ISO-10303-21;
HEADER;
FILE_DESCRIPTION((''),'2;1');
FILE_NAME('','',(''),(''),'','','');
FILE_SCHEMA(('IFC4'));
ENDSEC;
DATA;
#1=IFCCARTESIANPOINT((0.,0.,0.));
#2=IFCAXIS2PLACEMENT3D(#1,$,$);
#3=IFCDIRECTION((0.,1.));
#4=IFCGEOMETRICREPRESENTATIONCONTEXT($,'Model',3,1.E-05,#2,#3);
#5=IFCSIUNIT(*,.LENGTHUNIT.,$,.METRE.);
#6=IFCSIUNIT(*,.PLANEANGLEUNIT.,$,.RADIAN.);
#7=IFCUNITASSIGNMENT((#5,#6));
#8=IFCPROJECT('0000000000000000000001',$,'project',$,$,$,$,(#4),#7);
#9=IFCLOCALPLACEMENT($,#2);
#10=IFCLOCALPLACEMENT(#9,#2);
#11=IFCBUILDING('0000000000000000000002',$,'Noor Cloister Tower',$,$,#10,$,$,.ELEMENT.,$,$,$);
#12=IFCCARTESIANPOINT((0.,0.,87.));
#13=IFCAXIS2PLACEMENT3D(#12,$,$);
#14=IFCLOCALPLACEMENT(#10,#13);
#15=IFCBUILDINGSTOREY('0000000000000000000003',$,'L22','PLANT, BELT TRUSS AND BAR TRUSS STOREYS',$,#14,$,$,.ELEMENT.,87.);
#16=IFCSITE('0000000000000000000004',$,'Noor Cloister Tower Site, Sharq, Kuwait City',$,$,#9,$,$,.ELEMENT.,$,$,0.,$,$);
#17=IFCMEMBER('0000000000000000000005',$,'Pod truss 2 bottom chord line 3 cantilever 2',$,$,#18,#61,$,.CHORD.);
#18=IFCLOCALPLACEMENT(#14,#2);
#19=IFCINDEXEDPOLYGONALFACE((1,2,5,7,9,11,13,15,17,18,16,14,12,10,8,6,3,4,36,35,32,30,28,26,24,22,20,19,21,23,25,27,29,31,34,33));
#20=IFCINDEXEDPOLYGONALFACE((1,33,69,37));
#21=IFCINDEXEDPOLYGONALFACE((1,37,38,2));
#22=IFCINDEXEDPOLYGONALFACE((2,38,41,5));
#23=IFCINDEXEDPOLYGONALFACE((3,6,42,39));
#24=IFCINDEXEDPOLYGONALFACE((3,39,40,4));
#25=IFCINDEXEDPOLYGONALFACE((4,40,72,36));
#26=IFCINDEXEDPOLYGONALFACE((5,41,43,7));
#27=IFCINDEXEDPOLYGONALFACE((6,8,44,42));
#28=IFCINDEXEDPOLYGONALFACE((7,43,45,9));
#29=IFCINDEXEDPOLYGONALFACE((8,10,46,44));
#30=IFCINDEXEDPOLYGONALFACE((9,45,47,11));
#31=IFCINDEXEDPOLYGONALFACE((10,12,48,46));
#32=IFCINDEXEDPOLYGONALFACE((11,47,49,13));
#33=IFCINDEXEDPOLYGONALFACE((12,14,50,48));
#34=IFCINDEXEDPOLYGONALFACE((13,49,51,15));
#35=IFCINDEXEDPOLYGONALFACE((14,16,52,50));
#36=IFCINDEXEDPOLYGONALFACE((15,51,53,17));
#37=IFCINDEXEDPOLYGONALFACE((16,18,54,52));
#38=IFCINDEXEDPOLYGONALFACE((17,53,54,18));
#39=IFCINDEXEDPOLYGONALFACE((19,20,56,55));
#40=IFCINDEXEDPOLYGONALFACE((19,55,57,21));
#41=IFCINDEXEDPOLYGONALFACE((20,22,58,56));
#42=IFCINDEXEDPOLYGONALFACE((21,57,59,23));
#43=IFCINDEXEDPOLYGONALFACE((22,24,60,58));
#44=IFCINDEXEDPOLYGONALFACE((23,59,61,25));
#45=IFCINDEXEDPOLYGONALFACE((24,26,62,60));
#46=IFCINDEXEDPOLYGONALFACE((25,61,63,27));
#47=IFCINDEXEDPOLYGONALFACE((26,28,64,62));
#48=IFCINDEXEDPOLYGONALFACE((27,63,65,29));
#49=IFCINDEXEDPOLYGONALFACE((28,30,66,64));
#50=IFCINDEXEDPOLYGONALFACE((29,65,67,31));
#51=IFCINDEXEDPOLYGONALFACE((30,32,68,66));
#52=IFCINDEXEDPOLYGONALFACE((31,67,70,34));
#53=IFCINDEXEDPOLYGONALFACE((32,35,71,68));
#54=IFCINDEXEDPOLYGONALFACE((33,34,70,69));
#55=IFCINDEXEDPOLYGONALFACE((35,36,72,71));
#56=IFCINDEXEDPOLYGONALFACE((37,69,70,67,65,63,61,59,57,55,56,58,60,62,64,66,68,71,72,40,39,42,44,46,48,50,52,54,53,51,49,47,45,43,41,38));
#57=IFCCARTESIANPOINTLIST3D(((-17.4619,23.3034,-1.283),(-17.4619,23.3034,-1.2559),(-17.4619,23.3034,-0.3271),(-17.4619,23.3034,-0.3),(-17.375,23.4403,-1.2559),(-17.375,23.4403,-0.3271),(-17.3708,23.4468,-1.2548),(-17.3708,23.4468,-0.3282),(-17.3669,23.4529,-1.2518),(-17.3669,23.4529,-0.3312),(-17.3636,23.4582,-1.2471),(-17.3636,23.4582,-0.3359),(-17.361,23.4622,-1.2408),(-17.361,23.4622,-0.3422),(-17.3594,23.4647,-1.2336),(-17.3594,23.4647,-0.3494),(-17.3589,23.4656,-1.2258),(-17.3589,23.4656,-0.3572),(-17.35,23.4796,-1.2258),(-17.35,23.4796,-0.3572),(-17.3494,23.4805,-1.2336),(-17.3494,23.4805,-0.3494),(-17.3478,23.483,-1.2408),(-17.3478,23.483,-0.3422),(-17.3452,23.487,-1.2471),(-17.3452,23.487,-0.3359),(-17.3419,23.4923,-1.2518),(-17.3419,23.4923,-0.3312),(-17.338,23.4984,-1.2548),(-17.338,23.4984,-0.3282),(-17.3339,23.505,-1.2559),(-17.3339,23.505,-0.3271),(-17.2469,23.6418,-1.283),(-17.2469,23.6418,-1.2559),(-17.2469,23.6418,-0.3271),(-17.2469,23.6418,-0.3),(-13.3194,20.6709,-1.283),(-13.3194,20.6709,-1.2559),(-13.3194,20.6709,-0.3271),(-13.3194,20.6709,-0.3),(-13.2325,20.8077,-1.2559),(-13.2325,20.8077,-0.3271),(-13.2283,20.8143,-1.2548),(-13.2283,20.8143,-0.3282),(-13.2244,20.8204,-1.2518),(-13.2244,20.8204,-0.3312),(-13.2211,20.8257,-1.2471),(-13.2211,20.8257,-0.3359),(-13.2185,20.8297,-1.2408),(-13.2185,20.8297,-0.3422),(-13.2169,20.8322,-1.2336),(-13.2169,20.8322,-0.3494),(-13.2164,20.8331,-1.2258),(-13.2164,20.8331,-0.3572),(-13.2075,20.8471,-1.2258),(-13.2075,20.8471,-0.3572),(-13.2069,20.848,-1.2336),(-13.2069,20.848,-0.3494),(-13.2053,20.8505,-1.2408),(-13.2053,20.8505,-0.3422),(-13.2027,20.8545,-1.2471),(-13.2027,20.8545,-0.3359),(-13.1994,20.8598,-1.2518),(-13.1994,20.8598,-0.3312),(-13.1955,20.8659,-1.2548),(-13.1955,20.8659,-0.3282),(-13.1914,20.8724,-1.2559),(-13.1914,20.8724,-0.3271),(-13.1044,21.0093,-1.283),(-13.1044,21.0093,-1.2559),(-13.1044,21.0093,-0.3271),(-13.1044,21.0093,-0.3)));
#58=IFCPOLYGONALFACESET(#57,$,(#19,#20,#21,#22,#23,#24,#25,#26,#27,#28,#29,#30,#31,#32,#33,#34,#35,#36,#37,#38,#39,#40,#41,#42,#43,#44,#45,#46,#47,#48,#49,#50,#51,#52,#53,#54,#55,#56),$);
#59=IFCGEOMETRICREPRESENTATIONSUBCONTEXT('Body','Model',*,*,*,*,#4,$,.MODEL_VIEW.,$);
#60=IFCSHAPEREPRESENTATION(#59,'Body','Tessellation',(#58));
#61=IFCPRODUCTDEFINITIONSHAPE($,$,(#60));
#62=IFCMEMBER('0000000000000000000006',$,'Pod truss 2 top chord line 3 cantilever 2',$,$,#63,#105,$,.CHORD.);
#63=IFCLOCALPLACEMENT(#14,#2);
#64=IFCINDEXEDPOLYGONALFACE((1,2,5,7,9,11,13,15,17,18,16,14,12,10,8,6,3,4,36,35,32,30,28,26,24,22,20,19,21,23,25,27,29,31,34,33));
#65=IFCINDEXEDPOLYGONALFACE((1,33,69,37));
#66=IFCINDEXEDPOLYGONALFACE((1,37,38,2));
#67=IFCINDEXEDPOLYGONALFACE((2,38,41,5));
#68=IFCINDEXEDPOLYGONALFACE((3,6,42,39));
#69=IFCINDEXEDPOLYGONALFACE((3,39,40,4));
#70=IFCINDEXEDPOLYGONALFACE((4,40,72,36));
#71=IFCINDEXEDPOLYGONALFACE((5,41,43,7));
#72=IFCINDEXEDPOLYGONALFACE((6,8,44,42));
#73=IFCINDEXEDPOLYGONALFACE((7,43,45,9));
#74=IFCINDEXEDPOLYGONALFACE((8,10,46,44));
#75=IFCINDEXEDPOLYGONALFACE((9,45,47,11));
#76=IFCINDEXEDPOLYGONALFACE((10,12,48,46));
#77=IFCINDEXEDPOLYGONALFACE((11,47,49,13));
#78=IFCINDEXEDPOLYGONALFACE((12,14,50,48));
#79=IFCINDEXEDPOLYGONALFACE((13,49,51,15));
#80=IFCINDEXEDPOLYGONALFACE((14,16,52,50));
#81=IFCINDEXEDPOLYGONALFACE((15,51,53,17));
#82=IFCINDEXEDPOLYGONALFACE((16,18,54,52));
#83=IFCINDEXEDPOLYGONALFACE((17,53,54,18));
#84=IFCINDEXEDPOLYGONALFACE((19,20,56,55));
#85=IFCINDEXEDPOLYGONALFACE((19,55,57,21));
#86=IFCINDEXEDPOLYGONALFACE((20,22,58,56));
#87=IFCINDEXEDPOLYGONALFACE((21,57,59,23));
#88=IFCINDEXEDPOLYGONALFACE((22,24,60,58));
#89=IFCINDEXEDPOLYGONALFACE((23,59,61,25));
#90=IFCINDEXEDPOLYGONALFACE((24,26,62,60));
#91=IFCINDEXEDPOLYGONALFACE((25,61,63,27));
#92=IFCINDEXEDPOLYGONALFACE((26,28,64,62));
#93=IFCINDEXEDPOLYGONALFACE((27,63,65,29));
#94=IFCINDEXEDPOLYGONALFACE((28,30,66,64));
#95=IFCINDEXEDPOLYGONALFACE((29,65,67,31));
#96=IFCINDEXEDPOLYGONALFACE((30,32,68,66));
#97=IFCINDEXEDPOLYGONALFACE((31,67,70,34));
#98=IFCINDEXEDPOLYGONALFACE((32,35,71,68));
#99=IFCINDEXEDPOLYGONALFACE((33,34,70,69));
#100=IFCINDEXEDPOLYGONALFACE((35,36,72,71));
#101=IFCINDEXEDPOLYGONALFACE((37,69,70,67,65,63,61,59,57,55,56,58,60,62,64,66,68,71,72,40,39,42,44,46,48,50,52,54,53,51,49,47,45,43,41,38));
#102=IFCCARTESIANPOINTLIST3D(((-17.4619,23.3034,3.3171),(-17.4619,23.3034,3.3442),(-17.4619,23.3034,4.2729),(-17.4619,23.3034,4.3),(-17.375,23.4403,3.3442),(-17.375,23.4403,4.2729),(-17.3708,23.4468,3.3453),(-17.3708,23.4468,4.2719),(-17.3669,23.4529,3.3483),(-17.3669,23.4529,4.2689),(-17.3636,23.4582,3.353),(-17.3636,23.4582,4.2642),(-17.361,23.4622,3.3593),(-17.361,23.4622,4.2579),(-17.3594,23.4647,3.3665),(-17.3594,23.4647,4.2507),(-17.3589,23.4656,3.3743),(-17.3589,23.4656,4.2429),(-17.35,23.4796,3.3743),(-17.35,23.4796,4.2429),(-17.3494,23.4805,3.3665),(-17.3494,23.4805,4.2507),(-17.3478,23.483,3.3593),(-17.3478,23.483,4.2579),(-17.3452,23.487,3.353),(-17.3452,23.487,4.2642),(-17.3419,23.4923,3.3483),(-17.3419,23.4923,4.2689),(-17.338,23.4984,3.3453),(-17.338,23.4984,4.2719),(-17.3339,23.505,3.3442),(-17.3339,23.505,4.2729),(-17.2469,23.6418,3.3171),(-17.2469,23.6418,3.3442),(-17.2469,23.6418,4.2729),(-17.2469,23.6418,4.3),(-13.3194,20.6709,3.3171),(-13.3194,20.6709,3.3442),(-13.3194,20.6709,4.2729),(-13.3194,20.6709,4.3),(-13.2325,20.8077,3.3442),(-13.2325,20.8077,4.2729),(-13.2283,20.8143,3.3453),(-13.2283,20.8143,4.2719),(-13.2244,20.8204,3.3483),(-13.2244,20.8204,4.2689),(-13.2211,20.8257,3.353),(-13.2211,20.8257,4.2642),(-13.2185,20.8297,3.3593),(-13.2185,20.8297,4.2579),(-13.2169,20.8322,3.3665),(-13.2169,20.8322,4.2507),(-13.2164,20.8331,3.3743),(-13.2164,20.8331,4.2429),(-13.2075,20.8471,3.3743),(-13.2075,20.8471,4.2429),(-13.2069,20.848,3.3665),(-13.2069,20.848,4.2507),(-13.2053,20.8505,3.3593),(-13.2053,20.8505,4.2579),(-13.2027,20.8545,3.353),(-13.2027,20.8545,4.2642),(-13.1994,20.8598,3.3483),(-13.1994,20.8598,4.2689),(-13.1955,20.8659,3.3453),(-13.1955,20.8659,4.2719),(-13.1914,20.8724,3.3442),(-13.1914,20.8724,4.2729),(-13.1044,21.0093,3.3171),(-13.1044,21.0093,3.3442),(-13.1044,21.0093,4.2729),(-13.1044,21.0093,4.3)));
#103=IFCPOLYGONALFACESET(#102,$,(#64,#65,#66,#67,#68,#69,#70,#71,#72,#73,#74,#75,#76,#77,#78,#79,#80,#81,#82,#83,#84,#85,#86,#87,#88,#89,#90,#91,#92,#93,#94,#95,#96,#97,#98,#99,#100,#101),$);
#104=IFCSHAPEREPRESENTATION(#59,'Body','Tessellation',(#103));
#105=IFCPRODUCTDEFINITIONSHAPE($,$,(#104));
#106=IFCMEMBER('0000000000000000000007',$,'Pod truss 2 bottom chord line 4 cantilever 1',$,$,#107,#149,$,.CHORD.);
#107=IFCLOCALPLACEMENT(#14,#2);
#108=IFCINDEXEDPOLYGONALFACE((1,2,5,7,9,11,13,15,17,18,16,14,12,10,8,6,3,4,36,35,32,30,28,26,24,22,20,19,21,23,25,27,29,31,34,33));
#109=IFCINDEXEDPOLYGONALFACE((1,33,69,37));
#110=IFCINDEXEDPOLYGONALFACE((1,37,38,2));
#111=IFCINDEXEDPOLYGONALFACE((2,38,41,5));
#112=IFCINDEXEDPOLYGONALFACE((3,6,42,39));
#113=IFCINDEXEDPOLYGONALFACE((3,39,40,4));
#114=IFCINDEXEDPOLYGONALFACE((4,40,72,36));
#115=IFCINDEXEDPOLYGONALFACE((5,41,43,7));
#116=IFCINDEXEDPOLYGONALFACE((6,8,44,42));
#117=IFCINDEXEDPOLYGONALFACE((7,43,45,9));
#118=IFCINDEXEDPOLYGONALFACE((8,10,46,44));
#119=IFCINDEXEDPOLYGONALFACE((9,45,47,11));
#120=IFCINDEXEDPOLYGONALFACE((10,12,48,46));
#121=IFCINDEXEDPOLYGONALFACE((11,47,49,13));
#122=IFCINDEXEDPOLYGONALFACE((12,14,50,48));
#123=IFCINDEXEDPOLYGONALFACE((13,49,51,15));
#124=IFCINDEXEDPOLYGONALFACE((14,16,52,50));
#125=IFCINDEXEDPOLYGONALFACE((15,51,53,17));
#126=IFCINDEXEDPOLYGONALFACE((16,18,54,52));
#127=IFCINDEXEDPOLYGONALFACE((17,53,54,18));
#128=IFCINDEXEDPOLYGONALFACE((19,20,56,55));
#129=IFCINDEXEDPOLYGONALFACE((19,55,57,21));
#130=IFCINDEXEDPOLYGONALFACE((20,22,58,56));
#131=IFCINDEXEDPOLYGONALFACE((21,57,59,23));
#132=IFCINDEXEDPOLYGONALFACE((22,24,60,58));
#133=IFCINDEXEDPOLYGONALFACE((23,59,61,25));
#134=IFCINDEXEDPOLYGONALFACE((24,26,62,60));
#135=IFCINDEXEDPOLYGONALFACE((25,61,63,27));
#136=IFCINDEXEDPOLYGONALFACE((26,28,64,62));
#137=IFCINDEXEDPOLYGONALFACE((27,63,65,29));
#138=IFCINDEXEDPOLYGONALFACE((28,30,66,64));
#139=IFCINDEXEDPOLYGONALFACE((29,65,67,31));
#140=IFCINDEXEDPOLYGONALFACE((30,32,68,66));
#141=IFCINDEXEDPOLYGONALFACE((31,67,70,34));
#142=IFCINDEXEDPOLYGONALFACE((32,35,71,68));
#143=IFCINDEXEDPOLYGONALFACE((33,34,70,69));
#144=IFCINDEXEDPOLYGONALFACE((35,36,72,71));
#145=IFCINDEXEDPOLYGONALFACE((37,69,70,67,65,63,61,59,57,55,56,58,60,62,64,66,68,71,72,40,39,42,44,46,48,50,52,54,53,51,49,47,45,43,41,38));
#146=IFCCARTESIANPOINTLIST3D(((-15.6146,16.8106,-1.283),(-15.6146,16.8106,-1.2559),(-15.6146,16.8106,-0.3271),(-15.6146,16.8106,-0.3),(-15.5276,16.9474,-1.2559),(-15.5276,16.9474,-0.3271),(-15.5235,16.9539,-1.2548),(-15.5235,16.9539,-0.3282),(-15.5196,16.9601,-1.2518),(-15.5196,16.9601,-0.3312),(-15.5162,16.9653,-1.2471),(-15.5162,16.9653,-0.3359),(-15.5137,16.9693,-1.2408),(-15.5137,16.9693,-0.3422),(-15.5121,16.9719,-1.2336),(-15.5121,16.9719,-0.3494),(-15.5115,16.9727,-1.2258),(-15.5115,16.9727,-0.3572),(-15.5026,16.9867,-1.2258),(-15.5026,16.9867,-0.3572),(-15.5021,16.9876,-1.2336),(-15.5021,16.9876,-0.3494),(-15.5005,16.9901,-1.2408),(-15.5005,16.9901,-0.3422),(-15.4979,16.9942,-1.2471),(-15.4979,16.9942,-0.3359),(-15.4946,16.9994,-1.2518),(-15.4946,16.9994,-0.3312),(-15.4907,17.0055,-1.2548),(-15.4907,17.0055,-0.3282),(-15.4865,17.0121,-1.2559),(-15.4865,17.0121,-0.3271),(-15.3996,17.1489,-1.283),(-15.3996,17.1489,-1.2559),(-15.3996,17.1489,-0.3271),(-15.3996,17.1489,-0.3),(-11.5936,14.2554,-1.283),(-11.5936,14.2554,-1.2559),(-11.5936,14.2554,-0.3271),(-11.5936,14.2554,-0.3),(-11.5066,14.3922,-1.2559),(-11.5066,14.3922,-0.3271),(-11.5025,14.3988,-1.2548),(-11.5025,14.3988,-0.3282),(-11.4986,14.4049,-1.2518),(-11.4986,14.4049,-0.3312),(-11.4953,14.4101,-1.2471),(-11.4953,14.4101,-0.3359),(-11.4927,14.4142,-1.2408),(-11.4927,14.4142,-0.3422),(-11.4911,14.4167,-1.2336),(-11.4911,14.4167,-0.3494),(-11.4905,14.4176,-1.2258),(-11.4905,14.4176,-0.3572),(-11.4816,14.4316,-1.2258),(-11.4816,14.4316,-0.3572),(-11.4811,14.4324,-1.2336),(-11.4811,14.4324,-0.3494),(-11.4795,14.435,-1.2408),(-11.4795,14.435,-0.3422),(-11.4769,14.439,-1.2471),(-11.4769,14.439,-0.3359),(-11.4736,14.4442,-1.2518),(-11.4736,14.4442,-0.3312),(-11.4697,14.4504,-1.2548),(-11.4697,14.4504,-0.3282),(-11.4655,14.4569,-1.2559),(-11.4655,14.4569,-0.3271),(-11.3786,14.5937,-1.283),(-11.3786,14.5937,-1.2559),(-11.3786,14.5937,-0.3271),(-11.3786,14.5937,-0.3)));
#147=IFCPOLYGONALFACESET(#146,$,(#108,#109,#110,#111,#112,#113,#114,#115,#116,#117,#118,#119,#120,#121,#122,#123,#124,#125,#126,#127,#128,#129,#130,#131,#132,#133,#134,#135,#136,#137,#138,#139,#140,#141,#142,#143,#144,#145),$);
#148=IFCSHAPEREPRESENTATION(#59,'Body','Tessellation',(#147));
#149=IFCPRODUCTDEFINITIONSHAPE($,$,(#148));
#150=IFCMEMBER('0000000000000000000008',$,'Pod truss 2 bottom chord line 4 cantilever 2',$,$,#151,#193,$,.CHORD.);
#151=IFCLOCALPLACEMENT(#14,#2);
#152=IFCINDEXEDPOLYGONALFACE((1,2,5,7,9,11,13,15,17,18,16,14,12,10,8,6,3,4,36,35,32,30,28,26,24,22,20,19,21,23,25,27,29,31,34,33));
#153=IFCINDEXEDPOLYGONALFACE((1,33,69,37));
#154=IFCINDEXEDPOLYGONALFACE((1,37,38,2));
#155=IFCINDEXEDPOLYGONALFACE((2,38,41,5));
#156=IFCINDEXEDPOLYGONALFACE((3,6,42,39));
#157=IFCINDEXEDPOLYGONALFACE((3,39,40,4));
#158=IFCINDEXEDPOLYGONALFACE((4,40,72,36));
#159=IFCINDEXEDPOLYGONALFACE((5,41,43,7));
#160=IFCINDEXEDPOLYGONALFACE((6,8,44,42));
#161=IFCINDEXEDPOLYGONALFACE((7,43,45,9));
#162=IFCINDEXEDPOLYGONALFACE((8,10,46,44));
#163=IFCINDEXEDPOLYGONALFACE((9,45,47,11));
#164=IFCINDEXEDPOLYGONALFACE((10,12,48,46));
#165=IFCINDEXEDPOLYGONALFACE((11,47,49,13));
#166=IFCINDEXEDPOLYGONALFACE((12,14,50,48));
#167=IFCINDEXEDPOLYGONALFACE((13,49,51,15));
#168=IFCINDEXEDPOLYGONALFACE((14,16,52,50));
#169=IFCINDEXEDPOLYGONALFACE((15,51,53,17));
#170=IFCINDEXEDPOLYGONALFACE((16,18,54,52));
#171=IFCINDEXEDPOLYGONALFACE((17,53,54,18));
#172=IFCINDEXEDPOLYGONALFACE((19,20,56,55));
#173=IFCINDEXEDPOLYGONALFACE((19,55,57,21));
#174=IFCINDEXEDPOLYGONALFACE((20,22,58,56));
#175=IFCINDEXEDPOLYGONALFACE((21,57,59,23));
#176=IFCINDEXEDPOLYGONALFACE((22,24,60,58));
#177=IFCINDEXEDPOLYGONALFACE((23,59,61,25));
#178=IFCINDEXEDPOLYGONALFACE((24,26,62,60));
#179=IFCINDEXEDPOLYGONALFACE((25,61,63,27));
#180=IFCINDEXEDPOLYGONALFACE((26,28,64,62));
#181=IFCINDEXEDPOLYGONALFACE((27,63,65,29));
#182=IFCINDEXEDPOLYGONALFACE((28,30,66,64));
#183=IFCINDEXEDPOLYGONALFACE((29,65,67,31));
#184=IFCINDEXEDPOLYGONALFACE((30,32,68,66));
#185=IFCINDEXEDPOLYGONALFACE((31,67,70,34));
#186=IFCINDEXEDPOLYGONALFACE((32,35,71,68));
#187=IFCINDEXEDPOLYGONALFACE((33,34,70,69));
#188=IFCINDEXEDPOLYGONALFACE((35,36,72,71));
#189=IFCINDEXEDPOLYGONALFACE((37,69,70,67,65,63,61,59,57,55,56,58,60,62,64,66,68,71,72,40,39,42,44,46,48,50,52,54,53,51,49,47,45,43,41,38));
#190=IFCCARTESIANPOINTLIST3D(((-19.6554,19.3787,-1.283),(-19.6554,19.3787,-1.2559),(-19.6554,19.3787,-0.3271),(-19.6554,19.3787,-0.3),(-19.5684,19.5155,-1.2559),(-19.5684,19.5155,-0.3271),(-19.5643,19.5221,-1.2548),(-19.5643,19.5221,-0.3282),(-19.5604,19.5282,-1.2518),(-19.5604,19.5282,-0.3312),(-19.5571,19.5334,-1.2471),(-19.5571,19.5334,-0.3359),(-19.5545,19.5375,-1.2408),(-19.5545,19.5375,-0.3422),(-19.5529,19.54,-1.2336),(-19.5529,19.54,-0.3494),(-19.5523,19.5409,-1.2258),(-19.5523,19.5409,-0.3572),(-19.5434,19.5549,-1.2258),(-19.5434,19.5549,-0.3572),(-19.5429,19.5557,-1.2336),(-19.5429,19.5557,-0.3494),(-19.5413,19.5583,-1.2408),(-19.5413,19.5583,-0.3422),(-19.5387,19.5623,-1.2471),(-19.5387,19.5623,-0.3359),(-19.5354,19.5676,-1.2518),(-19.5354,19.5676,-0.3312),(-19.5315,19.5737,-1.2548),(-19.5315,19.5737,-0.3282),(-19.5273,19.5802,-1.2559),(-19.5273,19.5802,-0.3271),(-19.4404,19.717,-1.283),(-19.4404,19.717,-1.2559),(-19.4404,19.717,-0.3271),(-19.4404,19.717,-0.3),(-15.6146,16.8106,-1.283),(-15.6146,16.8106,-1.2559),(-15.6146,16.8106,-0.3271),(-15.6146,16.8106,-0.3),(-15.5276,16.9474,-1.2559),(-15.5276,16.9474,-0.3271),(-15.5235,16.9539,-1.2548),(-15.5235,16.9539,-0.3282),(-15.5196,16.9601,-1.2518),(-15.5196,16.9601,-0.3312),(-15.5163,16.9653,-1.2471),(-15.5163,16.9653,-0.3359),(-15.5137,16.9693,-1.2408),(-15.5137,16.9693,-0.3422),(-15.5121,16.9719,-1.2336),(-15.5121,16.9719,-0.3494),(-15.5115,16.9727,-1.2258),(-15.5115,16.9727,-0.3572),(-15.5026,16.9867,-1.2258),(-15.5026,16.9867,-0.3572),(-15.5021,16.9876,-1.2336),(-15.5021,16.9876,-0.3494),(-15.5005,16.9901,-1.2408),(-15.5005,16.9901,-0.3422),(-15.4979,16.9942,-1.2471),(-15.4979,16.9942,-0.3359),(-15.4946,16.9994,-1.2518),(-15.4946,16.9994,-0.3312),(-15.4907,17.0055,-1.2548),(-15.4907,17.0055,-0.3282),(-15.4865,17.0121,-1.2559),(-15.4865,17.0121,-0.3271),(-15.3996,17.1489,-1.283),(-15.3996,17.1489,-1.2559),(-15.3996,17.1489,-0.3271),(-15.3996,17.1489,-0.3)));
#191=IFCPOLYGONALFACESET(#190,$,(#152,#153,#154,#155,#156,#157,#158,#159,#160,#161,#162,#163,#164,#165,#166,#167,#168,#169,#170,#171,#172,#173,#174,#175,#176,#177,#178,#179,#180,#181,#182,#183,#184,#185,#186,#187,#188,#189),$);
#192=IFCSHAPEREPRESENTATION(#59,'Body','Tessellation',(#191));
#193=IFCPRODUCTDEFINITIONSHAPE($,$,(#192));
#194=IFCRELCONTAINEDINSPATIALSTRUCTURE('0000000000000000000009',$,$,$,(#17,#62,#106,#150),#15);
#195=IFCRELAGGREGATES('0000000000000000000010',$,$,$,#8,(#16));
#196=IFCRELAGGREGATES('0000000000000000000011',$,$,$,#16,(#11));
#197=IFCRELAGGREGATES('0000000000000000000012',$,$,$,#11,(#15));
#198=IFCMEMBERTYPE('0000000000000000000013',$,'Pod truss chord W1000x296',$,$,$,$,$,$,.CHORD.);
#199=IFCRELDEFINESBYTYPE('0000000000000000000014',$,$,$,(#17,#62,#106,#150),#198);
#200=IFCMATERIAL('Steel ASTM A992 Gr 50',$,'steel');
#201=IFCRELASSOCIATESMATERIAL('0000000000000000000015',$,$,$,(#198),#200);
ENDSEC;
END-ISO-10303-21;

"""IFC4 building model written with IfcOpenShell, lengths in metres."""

from ifc_helpers import new_model, si_unit, direction, frame, origin, origin_2d, place, context, subcontext, project, spatial, i_section, extrude, material, material_profile, profile_set, type_object, element, save


model = new_model("IFC4")

# Units and contexts
model_context = context("Model", 3, precision=1e-05, world=origin(), true_north=direction((0.0, 1.0)))
body_context = subcontext(model_context, "Body", "Model", "MODEL_VIEW")
ifc_project = project(units=[si_unit("LENGTHUNIT", "METRE"), si_unit("PLANEANGLEUNIT", "RADIAN")], contexts=[model_context])

# Site, building, storey
site_placement = place(None, origin())
site = spatial("IfcSite", under=ifc_project, at=site_placement, Name="Noor Cloister Tower Site, Sharq, Kuwait City", CompositionType="ELEMENT", RefElevation=0.0)
building_placement = place(site_placement, origin())
building = spatial("IfcBuilding", under=site, at=building_placement, Name="Noor Cloister Tower", CompositionType="ELEMENT")
storey_placement = place(building_placement, frame((0.0, 0.0, 87.0)))
storey = spatial("IfcBuildingStorey", under=building, at=storey_placement, Name="L22", Description="PLANT, BELT TRUSS AND BAR TRUSS STOREYS", CompositionType="ELEMENT", Elevation=87.0)

# Members
ifc_material_1 = material(Name="Steel ASTM A992 Gr 50", Category="steel")
ifc_material_profile_1 = material_profile(ifc_material_1, i_section(OverallWidth=0.4009, OverallDepth=0.9829, WebThickness=0.0166, FlangeThickness=0.0271, FilletRadius=0.03, at=origin_2d()), Name="W1000x296")
ifc_profile_set_1 = profile_set([ifc_material_profile_1], Name="Steel ASTM A992 Gr 50")
member_type_1 = type_object("IfcMemberType", Name="Pod truss chord W1000x296", PredefinedType="CHORD", material=ifc_profile_set_1)
for number, where, z_axis, x_axis, name in (
    (1, (-13.2119, 20.8401, -0.7915), (-0.843995, 0.536351, 0.0), (-0.536351, -0.843995, 0.0), "Pod truss 2 bottom chord line 3 cantilever 2"),
    (2, (-13.2119, 20.8401, 3.8086), (-0.843995, 0.536351, 0.0), (-0.536351, -0.843995, 0.0), "Pod truss 2 top chord line 3 cantilever 2"),
):
    element("IfcMember", number, at=place(storey_placement, frame(where, z_axis=z_axis, x_axis=x_axis)), inside=storey, type_object=member_type_1, Name=name, PredefinedType="CHORD", context=body_context, shape_type="SweptSolid", body=[
        extrude(i_section(OverallWidth=0.4009, OverallDepth=0.9829, WebThickness=0.0166, FlangeThickness=0.0271, FilletRadius=0.03, at=origin_2d()), origin(), (0.0, 0.0, 1.0), 4.9082),
    ])
member_1_placement = place(storey_placement, frame((-11.4861, 14.4246, -0.7915), z_axis=(-0.844007, 0.536332, 0.0), x_axis=(-0.536332, -0.844007, 0.0)))
element("IfcMember", 3, at=member_1_placement, inside=storey, type_object=member_type_1, Name="Pod truss 2 bottom chord line 4 cantilever 1", PredefinedType="CHORD", context=body_context, shape_type="SweptSolid", body=[
    extrude(i_section(OverallWidth=0.4009, OverallDepth=0.9829, WebThickness=0.0166, FlangeThickness=0.0271, FilletRadius=0.03, at=origin_2d()), origin(), (0.0, 0.0, 1.0), 4.7642),
])
for number, where, z_axis, x_axis, name in (
    (4, (-15.5071, 16.9797, -0.7915), (-0.843972, 0.536387, 0.0), (-0.536387, -0.843972, 0.0), "Pod truss 2 bottom chord line 4 cantilever 2"),
):
    element("IfcMember", number, at=place(storey_placement, frame(where, z_axis=z_axis, x_axis=x_axis)), inside=storey, type_object=member_type_1, Name=name, PredefinedType="CHORD", context=body_context, shape_type="SweptSolid", body=[
        extrude(i_section(OverallWidth=0.4009, OverallDepth=0.9829, WebThickness=0.0166, FlangeThickness=0.0271, FilletRadius=0.03, at=origin_2d()), origin(), (0.0, 0.0, 1.0), 4.7878),
    ])

save(model, "model.ifc")
